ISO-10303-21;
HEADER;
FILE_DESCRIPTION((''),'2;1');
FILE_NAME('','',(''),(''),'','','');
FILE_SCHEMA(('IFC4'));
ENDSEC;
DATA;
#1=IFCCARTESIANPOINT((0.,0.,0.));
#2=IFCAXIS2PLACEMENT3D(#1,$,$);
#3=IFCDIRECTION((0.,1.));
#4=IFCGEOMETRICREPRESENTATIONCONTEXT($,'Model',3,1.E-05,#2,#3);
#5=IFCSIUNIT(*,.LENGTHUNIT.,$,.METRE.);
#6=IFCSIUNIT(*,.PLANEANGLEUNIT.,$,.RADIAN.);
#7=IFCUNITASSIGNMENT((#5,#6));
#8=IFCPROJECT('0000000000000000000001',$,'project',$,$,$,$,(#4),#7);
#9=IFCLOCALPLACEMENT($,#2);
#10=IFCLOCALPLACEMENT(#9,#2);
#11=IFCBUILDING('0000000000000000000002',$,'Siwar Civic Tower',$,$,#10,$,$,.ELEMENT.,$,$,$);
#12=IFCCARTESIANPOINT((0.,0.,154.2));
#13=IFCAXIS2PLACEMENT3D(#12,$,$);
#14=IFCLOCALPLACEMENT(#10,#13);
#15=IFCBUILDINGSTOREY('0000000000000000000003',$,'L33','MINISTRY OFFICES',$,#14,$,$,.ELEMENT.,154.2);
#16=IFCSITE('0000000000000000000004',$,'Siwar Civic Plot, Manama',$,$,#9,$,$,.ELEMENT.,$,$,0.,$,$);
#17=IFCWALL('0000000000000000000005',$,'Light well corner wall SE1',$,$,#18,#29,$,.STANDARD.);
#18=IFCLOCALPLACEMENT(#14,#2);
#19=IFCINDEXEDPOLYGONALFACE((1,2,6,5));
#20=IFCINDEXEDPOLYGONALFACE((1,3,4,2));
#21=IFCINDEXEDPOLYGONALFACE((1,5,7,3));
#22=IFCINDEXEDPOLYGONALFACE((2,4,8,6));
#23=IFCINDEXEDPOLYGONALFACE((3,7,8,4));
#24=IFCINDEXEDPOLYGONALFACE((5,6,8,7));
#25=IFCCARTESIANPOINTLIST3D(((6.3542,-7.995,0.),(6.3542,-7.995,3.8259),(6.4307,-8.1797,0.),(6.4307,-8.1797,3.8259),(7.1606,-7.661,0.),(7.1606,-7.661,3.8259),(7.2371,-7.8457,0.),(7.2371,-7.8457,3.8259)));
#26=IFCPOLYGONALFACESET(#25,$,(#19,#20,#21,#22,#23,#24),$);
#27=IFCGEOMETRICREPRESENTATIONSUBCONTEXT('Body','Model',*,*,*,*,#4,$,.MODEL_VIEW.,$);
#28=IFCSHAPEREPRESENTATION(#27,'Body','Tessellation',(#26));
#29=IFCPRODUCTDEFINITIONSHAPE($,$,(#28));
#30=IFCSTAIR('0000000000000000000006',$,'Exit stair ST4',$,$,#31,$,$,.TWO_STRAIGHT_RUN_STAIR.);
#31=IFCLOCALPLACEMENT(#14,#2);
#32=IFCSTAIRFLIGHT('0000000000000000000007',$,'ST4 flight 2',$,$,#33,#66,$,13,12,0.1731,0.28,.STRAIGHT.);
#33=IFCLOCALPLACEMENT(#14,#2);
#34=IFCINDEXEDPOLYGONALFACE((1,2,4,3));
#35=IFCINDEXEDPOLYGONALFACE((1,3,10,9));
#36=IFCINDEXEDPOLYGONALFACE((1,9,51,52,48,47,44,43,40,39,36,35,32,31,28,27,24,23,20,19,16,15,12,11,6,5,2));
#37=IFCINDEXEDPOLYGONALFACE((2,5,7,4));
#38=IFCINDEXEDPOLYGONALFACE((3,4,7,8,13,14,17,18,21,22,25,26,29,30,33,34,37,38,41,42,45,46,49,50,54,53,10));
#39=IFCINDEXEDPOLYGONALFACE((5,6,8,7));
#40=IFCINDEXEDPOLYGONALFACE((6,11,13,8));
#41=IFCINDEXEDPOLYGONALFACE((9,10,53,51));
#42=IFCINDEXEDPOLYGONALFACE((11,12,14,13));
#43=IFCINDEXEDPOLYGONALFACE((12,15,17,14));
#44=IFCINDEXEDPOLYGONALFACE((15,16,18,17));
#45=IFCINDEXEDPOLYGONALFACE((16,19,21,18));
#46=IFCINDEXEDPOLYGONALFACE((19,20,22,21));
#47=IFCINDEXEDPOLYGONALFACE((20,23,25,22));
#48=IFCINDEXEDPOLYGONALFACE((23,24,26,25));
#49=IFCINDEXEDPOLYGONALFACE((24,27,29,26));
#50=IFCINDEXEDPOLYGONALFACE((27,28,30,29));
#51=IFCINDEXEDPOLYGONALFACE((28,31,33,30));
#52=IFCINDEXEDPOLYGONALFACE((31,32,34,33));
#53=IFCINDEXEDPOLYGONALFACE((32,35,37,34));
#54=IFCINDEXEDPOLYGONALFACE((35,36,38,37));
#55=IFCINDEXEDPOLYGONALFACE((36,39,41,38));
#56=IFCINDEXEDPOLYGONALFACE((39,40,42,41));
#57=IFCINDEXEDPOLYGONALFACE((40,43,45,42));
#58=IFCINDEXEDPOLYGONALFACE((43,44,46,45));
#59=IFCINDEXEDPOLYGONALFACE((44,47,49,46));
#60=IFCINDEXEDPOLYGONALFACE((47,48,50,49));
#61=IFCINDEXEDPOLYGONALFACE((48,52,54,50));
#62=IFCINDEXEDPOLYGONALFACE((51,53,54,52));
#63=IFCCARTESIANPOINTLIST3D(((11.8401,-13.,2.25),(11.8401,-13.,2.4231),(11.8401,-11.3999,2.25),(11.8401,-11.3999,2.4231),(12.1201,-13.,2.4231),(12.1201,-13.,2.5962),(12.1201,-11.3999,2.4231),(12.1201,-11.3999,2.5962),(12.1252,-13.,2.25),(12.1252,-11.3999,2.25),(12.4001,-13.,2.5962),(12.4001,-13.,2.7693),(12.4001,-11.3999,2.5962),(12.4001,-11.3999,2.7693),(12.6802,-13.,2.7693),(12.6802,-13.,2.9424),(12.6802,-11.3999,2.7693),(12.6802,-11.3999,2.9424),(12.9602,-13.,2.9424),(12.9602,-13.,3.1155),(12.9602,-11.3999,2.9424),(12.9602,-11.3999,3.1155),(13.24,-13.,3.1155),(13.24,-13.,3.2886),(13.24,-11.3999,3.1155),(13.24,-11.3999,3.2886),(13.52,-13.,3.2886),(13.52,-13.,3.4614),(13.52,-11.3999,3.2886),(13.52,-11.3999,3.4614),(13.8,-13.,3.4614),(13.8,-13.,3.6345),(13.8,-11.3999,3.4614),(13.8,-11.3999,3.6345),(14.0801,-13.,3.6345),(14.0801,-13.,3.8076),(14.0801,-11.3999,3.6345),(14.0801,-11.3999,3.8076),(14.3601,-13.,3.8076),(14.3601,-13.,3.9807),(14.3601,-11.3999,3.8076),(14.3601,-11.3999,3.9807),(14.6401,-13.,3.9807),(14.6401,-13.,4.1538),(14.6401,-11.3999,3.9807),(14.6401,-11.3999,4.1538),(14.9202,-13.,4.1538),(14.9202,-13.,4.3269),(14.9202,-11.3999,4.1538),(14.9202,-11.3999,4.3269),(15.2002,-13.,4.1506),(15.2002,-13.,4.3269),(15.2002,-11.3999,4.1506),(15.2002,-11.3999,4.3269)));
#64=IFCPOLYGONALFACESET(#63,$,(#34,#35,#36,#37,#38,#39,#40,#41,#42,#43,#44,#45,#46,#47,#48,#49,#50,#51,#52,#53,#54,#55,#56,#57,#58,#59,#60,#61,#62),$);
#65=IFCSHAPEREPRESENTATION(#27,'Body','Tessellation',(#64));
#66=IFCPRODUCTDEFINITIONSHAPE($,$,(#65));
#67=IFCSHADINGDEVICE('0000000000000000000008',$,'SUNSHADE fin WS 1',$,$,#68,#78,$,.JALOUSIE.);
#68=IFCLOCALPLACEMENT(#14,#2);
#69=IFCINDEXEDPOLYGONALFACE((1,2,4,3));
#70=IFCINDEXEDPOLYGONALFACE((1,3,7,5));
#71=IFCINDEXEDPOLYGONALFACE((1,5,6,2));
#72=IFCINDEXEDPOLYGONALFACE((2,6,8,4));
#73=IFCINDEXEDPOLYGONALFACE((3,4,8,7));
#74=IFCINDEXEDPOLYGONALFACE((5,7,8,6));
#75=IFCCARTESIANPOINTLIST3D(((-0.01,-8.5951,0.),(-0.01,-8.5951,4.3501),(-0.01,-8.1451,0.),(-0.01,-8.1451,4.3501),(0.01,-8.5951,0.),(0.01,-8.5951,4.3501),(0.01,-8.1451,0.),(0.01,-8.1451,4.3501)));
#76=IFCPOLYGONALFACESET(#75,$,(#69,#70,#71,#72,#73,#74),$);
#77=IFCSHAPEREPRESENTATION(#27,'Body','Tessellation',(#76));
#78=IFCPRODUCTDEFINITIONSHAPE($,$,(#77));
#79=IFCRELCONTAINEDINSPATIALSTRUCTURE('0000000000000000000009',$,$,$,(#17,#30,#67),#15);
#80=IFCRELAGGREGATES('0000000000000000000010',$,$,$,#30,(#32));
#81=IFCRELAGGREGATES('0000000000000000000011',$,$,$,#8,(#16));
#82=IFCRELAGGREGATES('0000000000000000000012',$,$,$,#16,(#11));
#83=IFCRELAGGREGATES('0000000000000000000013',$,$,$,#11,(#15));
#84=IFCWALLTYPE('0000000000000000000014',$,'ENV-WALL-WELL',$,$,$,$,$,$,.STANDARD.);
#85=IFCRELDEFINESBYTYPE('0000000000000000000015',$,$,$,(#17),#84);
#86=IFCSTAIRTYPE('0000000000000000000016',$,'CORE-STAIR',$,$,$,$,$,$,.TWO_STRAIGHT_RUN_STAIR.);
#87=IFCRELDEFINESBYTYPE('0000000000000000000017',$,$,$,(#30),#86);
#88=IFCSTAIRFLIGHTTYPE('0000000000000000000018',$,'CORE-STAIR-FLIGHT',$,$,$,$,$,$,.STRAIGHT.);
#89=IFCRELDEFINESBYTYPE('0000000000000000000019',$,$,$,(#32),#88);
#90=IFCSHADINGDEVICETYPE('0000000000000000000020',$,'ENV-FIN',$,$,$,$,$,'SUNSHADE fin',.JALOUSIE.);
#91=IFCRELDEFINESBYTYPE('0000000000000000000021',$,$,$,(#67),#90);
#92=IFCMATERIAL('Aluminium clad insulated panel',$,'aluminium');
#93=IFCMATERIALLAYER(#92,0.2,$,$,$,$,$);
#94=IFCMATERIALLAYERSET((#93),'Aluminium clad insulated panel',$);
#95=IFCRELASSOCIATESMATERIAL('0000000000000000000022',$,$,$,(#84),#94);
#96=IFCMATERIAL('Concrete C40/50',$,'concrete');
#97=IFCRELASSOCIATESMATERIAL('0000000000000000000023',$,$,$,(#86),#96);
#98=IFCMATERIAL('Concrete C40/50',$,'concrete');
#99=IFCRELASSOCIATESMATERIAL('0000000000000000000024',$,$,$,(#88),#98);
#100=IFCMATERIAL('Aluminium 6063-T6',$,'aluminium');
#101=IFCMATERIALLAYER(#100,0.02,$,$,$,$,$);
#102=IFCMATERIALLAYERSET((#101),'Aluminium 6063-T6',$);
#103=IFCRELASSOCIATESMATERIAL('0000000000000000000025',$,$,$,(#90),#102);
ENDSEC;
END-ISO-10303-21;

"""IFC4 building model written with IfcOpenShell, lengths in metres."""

from ifc_helpers import new_model, si_unit, direction, frame, frame_2d, origin, origin_2d, place, context, subcontext, project, spatial, polyline, rectangle, outline, extrude, material, layer, layer_set, type_object, element, aggregate, save


model = new_model("IFC4")

# Units and contexts
model_context = context("Model", 3, precision=1e-05, world=origin(), true_north=direction((0.0, 1.0)))
body_context = subcontext(model_context, "Body", "Model", "MODEL_VIEW")
ifc_project = project(units=[si_unit("LENGTHUNIT", "METRE"), si_unit("PLANEANGLEUNIT", "RADIAN")], contexts=[model_context])

# Site, building, storey
site_placement = place(None, origin())
site = spatial("IfcSite", under=ifc_project, at=site_placement, Name="Siwar Civic Plot, Manama", CompositionType="ELEMENT", RefElevation=0.0)
building_placement = place(site_placement, origin())
building = spatial("IfcBuilding", under=site, at=building_placement, Name="Siwar Civic Tower", CompositionType="ELEMENT")
storey_placement = place(building_placement, frame((0.0, 0.0, 154.2)))
storey = spatial("IfcBuildingStorey", under=building, at=storey_placement, Name="L33", Description="MINISTRY OFFICES", CompositionType="ELEMENT", Elevation=154.2)

# Wall
ifc_material_1 = material(Name="Aluminium clad insulated panel", Category="aluminium")
ifc_layer_1 = layer(ifc_material_1, 0.2)
ifc_layer_set_1 = layer_set([ifc_layer_1], Name="Aluminium clad insulated panel")
wall_type_1 = type_object("IfcWallType", Name="ENV-WALL-WELL", PredefinedType="STANDARD", material=ifc_layer_set_1)
wall_1_placement = place(storey_placement, frame((6.3923, -8.0874, 0.0), z_axis=(0.0, 0.0, 1.0), x_axis=(0.923894, 0.382648, 0.0)))
element("IfcWall", 1, at=wall_1_placement, inside=storey, type_object=wall_type_1, Name="Light well corner wall SE1", PredefinedType="STANDARD", context=body_context, shape_type="SweptSolid", body=[
    extrude(rectangle(XDim=0.8728, YDim=0.2, at=frame_2d((0.4365, 0.0))), origin(), (0.0, 0.0, 1.0), 3.8259),
])

# Stair, stair flight
ifc_material_2 = material(Name="Concrete C40/50", Category="concrete")
stair_type = type_object("IfcStairType", Name="CORE-STAIR", PredefinedType="TWO_STRAIGHT_RUN_STAIR", material=ifc_material_2)
stair_placement = place(storey_placement, origin())
stair = element("IfcStair", 2, at=stair_placement, inside=storey, type_object=stair_type, Name="Exit stair ST4", PredefinedType="TWO_STRAIGHT_RUN_STAIR")
ifc_material_3 = material(Name="Concrete C40/50", Category="concrete")
stair_flight_type = type_object("IfcStairFlightType", Name="CORE-STAIR-FLIGHT", PredefinedType="STRAIGHT", material=ifc_material_3)
stair_flight_placement = place(storey_placement, frame((11.8401, -12.2, 2.25), z_axis=(0.0, 0.0, 1.0), x_axis=(1.0, 0.0, 0.0)))
stair_flight = element("IfcStairFlight", 3, at=stair_flight_placement, type_object=stair_flight_type, Name="ST4 flight 2", NumberOfRisers=13, NumberOfTreads=12, PredefinedType="STRAIGHT", RiserHeight=0.1731, TreadLength=0.28, context=body_context, shape_type="SweptSolid", body=[
    extrude(outline(polyline([(0.0, 0.0), (0.0, 0.1731), (0.28, 0.1731), (0.28, 0.3462), (0.5601, 0.3462), (0.5601, 0.5193), (0.8401, 0.5193), (0.8401, 0.6924), (1.1201, 0.6924), (1.1201, 0.8655), (1.3999, 0.8655), (1.3999, 1.0386), (1.6799, 1.0386), (1.6799, 1.2114), (1.96, 1.2114), (1.96, 1.3845), (2.24, 1.3845), (2.24, 1.5576), (2.52, 1.5576), (2.52, 1.7307), (2.8, 1.7307), (2.8, 1.9038), (3.0801, 1.9038), (3.0801, 2.0769), (3.3601, 2.0769), (3.3601, 2.25), (3.3601, 1.9006), (0.2852, 0.0), (0.0, 0.0)])), frame((0.0, 0.8, 0.0), z_axis=(0.0, -1.0, 0.0), x_axis=(1.0, 0.0, 0.0)), (0.0, 0.0, 1.0), 1.6001),
])
aggregate(stair, [stair_flight])

# Shading device
ifc_material_4 = material(Name="Aluminium 6063-T6", Category="aluminium")
ifc_layer_2 = layer(ifc_material_4, 0.02)
ifc_layer_set_2 = layer_set([ifc_layer_2], Name="Aluminium 6063-T6")
shading_device_type = type_object("IfcShadingDeviceType", Name="ENV-FIN", ElementType="SUNSHADE fin", PredefinedType="JALOUSIE", material=ifc_layer_set_2)
shading_device_placement = place(storey_placement, frame((0.0, -8.3701, 0.0), z_axis=(0.0, 0.0, 1.0), x_axis=(1.0, 0.0, 0.0)))
element("IfcShadingDevice", 4, at=shading_device_placement, inside=storey, type_object=shading_device_type, Name="SUNSHADE fin WS 1", PredefinedType="JALOUSIE", context=body_context, shape_type="SweptSolid", body=[
    extrude(rectangle(XDim=0.02, YDim=0.45, at=origin_2d()), origin(), (0.0, 0.0, 1.0), 4.3501),
])

save(model, "model.ifc")
